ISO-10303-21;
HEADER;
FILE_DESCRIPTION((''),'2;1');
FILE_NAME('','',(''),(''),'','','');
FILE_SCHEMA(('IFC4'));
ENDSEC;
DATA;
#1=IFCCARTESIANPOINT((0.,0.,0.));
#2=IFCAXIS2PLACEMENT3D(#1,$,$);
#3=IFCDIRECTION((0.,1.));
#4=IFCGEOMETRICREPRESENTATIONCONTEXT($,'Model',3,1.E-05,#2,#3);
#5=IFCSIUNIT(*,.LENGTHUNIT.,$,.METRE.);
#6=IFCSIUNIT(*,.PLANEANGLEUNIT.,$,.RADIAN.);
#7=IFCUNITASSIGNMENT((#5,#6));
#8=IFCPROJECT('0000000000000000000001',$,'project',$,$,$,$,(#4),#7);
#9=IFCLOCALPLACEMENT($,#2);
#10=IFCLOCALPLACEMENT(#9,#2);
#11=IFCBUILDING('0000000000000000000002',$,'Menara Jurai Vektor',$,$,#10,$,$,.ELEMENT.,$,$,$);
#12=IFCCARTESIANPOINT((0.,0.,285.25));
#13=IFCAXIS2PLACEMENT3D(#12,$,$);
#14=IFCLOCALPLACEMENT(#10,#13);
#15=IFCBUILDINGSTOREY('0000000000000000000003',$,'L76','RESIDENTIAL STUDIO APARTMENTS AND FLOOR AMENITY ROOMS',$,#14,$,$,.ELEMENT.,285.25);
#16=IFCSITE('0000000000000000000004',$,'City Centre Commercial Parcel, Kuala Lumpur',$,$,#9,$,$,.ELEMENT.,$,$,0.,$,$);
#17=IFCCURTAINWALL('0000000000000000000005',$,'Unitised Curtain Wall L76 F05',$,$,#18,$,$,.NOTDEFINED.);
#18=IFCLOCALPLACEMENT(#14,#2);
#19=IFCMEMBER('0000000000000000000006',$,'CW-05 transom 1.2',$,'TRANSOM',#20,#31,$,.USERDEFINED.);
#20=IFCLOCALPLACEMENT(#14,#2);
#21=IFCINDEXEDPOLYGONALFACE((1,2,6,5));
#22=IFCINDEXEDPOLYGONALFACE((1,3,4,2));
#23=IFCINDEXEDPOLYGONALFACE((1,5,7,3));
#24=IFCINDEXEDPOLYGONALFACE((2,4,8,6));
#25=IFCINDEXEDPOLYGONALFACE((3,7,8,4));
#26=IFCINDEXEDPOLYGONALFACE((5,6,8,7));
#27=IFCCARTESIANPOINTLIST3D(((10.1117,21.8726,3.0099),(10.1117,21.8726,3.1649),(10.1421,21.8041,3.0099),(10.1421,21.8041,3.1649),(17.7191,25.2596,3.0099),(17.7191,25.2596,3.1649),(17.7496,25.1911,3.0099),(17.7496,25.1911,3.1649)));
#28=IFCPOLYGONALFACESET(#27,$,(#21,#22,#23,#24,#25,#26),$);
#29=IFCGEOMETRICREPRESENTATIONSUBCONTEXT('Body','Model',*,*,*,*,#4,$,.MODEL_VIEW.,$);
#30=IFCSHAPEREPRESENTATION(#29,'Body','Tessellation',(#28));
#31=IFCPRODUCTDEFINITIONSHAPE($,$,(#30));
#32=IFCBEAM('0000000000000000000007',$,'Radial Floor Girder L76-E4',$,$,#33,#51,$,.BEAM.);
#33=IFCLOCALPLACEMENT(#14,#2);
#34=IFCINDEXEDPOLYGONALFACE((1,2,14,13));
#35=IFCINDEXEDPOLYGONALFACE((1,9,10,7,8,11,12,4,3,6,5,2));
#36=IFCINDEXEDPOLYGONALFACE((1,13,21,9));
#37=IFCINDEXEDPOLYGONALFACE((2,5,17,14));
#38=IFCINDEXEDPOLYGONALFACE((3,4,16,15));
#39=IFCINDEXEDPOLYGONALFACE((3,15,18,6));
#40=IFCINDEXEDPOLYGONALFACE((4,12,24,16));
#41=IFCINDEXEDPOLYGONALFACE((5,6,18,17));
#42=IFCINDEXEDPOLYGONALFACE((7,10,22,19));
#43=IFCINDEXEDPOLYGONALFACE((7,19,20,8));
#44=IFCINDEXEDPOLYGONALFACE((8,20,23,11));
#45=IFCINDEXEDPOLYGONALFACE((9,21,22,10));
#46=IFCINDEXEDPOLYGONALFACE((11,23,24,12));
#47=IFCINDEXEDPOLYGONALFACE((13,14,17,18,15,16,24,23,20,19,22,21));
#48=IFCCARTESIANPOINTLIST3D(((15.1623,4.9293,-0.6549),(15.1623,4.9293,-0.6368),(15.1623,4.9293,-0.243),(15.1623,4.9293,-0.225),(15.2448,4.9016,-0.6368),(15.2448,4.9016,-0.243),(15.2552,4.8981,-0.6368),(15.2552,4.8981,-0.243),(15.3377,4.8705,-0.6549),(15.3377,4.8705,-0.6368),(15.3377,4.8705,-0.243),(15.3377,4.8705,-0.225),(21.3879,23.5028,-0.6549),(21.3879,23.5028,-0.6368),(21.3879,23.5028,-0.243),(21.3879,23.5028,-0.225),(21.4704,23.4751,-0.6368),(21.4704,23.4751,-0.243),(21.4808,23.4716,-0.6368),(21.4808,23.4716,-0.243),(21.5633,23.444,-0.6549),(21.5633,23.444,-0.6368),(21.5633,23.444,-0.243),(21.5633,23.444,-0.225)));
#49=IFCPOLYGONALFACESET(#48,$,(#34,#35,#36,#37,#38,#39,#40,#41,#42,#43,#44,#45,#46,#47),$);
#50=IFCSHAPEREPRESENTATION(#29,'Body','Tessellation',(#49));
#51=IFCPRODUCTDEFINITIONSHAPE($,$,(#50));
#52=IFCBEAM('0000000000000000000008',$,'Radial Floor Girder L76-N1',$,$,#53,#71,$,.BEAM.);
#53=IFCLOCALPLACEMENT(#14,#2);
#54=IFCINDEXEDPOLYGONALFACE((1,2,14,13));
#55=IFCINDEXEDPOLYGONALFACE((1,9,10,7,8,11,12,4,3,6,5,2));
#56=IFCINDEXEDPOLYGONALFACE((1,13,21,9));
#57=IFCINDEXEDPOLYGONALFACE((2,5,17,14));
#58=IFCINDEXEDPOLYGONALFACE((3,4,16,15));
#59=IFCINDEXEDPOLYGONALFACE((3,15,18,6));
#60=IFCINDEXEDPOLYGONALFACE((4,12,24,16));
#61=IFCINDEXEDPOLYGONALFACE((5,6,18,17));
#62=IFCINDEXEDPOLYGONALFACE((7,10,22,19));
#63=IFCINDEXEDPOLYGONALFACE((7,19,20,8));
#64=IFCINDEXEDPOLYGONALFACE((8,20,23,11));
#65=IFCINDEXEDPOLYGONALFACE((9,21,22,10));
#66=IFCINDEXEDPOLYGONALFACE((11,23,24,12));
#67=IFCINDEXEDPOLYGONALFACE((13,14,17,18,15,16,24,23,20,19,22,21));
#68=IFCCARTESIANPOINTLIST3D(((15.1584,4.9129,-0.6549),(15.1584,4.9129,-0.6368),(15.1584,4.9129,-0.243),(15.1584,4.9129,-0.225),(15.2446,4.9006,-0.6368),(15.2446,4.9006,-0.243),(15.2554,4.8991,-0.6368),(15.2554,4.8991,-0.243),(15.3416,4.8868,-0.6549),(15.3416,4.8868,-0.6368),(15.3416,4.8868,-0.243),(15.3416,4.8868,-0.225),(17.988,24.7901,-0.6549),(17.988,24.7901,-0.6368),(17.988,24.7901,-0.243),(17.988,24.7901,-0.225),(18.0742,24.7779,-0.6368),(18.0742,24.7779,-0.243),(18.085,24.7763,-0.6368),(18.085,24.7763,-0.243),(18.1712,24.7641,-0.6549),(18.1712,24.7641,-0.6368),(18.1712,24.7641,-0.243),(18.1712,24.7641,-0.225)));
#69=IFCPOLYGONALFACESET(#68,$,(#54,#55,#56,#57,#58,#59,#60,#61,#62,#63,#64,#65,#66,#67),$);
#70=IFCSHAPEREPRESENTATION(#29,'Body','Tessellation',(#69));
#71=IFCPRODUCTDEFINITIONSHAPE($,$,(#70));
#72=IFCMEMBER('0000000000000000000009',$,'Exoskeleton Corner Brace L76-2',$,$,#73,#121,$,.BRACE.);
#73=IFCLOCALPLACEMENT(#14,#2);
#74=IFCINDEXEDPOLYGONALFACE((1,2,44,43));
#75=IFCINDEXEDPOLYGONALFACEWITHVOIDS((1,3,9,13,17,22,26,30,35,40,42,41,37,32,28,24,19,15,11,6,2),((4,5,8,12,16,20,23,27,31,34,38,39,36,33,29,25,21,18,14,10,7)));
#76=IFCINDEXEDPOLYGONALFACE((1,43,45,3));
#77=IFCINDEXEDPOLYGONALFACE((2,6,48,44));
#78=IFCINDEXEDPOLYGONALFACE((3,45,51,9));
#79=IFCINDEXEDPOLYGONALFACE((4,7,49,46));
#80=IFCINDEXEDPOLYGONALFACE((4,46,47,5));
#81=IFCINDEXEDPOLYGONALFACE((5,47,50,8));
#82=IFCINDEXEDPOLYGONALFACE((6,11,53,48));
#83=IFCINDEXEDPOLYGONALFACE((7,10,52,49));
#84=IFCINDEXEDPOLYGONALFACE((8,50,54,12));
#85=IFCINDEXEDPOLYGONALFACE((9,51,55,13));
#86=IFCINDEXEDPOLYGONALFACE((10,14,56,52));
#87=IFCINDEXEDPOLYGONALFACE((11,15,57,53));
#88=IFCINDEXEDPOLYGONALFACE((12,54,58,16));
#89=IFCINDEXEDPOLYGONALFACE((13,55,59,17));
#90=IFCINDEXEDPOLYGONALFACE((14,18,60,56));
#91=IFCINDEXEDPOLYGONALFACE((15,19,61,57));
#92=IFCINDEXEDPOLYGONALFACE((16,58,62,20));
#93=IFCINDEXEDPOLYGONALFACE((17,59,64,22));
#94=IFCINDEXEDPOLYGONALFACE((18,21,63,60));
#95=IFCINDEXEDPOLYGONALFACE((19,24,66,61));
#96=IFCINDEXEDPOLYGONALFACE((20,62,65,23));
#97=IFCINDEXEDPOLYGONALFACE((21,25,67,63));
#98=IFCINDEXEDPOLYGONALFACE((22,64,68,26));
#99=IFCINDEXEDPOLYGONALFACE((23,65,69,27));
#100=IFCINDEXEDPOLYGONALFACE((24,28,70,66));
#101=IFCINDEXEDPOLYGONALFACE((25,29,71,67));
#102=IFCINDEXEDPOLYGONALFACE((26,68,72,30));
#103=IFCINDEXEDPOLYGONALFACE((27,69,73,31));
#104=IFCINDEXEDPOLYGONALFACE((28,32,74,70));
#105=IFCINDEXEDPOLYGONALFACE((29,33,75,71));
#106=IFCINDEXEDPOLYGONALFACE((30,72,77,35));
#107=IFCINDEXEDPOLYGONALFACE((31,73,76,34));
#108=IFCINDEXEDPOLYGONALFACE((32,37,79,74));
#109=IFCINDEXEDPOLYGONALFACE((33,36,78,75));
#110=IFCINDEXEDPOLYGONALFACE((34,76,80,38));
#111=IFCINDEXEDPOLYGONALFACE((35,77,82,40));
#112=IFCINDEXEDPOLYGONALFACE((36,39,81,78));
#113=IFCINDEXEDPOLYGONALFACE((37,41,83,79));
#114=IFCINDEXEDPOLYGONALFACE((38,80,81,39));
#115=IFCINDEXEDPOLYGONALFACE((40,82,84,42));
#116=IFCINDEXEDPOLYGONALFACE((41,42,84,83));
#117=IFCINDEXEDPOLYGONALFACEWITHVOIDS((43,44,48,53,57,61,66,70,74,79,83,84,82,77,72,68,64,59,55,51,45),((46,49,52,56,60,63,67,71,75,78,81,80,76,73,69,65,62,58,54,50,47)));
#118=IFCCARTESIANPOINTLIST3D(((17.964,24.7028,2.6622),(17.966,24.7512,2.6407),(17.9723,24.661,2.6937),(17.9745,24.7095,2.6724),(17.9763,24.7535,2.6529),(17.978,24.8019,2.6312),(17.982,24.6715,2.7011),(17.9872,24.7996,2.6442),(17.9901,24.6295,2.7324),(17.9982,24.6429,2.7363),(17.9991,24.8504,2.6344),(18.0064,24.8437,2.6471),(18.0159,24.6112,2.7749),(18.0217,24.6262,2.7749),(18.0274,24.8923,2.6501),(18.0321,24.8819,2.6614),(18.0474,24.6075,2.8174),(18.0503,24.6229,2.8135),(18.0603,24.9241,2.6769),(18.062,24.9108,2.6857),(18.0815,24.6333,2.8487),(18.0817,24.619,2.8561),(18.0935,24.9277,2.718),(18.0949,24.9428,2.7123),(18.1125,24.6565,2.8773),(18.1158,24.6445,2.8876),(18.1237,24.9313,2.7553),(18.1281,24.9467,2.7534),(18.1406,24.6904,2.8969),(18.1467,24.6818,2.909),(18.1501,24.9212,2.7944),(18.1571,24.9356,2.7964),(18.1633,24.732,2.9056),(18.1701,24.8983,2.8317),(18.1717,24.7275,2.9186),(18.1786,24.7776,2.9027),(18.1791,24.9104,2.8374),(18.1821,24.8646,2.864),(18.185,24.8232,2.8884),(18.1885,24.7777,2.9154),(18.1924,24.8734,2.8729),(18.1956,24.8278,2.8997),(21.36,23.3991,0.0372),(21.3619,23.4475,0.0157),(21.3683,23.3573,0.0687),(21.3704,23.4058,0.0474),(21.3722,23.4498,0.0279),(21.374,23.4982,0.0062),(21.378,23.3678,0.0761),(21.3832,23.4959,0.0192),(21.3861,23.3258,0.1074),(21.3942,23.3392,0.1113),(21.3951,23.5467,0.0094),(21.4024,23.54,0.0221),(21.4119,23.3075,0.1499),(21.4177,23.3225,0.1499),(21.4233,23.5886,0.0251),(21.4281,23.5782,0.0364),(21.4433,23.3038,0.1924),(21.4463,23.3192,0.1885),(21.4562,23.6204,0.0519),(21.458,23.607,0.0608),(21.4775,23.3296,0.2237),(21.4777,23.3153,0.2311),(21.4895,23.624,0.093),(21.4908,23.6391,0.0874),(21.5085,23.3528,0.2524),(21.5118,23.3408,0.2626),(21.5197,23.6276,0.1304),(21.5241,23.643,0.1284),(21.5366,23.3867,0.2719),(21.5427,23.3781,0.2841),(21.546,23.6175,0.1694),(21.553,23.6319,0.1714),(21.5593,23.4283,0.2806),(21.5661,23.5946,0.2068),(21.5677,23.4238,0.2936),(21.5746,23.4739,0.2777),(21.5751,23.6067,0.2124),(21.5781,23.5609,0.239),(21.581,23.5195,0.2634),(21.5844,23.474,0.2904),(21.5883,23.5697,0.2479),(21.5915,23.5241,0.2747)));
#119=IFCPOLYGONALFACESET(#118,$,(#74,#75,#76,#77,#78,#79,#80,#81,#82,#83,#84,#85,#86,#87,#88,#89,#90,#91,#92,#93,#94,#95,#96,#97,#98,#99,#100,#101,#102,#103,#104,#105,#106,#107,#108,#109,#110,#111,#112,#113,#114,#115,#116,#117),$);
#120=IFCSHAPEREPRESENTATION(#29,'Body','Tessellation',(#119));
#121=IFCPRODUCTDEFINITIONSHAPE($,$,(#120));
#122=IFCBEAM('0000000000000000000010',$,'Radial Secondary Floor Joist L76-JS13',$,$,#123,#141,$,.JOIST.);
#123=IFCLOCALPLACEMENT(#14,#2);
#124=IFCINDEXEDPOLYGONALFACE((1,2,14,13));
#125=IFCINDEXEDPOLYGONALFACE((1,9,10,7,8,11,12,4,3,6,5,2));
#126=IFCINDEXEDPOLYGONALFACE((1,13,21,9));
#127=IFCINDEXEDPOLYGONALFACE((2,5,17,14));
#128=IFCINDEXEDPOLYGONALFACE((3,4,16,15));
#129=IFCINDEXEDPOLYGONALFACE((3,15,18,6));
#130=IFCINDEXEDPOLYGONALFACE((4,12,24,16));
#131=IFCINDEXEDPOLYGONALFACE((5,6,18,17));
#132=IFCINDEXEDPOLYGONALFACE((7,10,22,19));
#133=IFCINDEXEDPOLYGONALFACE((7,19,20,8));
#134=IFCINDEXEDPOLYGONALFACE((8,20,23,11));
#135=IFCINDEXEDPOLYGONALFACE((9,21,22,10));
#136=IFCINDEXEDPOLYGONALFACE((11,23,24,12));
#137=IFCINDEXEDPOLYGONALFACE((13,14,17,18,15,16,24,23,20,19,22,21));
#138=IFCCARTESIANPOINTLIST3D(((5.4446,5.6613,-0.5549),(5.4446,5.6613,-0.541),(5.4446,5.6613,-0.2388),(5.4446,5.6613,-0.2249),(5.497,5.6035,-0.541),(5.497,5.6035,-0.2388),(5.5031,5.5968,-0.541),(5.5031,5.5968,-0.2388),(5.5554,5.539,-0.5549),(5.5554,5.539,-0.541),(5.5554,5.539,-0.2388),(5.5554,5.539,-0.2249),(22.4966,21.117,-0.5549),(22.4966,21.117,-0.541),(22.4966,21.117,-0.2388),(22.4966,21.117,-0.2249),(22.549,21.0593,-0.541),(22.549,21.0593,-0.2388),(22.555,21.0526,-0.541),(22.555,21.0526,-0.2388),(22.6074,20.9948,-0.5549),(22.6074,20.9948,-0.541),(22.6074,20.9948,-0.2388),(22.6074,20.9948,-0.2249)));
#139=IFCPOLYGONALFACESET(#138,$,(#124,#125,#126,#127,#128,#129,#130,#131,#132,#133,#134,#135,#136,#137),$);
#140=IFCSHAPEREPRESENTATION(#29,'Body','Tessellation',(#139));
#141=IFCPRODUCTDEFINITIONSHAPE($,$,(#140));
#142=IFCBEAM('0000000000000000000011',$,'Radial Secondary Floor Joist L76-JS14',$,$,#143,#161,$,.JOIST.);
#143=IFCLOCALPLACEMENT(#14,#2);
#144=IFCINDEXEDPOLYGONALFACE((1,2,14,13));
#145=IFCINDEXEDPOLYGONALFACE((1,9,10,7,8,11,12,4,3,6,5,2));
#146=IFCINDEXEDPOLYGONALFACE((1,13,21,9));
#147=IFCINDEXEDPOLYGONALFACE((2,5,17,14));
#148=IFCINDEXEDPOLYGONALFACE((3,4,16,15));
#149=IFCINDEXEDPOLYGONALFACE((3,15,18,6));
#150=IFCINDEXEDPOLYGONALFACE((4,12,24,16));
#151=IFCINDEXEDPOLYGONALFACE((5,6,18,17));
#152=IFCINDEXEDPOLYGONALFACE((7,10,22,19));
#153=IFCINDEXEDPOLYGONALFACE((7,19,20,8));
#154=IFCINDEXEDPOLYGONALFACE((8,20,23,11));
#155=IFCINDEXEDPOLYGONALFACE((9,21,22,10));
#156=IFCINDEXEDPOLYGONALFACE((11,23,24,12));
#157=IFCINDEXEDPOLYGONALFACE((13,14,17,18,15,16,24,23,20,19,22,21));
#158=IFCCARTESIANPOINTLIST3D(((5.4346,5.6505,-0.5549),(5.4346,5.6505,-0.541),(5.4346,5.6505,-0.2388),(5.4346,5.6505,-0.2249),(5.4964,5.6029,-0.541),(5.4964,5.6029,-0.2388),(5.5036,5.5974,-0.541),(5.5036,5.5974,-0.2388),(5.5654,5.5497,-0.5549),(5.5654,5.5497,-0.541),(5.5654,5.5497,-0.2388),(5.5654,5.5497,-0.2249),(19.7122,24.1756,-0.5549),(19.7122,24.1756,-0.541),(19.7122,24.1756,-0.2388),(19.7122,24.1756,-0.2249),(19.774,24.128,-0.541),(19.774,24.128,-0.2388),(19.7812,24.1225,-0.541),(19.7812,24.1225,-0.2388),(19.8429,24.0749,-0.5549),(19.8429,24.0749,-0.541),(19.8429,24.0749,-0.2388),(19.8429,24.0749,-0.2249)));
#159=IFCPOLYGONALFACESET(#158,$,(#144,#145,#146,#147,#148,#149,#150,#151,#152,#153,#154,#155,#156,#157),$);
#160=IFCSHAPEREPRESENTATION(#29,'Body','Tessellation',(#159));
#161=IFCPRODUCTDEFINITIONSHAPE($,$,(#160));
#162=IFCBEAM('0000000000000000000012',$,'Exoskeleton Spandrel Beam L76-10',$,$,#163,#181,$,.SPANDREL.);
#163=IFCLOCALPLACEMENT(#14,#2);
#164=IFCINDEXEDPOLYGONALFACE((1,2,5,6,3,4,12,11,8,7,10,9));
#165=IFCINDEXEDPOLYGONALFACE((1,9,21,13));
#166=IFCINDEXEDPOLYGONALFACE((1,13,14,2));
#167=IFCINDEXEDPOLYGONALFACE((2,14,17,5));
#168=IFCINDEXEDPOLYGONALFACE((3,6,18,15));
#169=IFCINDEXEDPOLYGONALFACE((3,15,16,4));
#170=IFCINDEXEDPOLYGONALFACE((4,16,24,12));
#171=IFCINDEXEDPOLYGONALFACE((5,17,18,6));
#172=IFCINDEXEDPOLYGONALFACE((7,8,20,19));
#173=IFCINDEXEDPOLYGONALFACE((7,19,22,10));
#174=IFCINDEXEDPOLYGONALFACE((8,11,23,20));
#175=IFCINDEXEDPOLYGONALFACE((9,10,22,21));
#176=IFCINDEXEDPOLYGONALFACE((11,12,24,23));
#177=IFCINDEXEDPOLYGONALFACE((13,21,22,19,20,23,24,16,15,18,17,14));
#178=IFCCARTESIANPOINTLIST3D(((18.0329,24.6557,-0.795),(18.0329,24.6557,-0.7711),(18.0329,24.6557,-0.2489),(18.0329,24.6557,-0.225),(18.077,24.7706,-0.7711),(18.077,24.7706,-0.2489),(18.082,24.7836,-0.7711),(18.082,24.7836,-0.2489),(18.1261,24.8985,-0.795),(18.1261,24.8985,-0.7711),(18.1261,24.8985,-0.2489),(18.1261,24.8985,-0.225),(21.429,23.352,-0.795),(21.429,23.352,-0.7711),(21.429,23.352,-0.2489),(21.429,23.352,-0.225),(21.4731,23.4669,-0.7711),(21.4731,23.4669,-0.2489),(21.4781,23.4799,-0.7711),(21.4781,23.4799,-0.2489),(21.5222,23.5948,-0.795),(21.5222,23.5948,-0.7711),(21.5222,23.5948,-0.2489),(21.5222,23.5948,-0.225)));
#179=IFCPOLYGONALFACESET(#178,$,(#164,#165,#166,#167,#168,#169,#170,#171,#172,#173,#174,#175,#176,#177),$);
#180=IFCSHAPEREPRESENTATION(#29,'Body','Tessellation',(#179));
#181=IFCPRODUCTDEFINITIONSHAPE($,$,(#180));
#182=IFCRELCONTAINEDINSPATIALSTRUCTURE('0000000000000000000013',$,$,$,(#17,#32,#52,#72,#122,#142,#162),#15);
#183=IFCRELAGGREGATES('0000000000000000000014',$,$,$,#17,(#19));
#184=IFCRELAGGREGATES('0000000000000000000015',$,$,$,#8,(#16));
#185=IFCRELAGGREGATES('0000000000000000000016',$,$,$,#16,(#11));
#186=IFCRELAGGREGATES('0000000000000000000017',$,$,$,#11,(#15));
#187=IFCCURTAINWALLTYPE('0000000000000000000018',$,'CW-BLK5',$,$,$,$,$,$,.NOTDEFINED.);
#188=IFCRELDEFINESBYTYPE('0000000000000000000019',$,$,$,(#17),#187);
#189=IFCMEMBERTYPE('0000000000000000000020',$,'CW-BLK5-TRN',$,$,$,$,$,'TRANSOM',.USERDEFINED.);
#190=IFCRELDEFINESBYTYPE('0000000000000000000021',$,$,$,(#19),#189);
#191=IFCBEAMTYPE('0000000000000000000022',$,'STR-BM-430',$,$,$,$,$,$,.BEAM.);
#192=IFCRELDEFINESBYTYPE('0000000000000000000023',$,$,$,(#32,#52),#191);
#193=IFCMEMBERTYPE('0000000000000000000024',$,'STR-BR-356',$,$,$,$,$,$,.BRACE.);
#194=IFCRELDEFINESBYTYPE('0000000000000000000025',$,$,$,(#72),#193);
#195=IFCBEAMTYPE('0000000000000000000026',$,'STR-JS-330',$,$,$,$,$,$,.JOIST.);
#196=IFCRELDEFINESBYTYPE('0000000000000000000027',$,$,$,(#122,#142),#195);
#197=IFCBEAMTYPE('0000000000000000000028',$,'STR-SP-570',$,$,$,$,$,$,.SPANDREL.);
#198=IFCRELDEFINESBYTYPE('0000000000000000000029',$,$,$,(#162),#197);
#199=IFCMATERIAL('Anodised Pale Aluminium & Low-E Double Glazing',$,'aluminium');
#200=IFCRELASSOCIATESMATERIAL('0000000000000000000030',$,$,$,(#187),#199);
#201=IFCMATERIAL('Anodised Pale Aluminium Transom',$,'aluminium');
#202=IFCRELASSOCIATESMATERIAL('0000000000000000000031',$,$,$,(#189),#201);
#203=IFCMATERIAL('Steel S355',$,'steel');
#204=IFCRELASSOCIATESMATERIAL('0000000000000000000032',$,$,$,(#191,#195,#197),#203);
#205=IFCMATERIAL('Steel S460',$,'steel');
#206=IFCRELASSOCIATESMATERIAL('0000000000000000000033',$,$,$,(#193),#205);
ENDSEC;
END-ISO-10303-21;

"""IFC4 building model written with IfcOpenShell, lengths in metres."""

from ifc_helpers import new_model, si_unit, direction, frame, origin, origin_2d, place, context, subcontext, project, spatial, rectangle, hollow_circle, i_section, extrude, material, material_profile, profile_set, type_object, element, aggregate, save


model = new_model("IFC4")

# Units and contexts
model_context = context("Model", 3, precision=1e-05, world=origin(), true_north=direction((0.0, 1.0)))
body_context = subcontext(model_context, "Body", "Model", "MODEL_VIEW")
ifc_project = project(units=[si_unit("LENGTHUNIT", "METRE"), si_unit("PLANEANGLEUNIT", "RADIAN")], contexts=[model_context])

# Site, building, storey
site_placement = place(None, origin())
site = spatial("IfcSite", under=ifc_project, at=site_placement, Name="City Centre Commercial Parcel, Kuala Lumpur", CompositionType="ELEMENT", RefElevation=0.0)
building_placement = place(site_placement, origin())
building = spatial("IfcBuilding", under=site, at=building_placement, Name="Menara Jurai Vektor", CompositionType="ELEMENT")
storey_placement = place(building_placement, frame((0.0, 0.0, 285.25)))
storey = spatial("IfcBuildingStorey", under=building, at=storey_placement, Name="L76", Description="RESIDENTIAL STUDIO APARTMENTS AND FLOOR AMENITY ROOMS", CompositionType="ELEMENT", Elevation=285.25)

# Shared definitions
ifc_material_1 = material(Name="Steel S460", Category="steel")

# Shared definitions
ifc_material_2 = material(Name="Anodised Pale Aluminium & Low-E Double Glazing", Category="aluminium")
curtain_wall_type = type_object("IfcCurtainWallType", Name="CW-BLK5", PredefinedType="NOTDEFINED", material=ifc_material_2)

# Curtain wall
curtain_wall_1_placement = place(storey_placement, origin())
curtain_wall_1 = element("IfcCurtainWall", 1, at=curtain_wall_1_placement, inside=storey, type_object=curtain_wall_type, Name="Unitised Curtain Wall L76 F05", PredefinedType="NOTDEFINED")

# Member
ifc_material_3 = material(Name="Anodised Pale Aluminium Transom", Category="aluminium")
ifc_material_profile_1 = material_profile(ifc_material_3, rectangle(XDim=0.075, YDim=0.155, at=origin_2d()), Name="ALU TRN 75x155")
ifc_profile_set_1 = profile_set([ifc_material_profile_1], Name="Anodised Pale Aluminium Transom")
member_type_1 = type_object("IfcMemberType", Name="CW-BLK5-TRN", ElementType="TRANSOM", PredefinedType="USERDEFINED", material=ifc_profile_set_1)
member_1_placement = place(storey_placement, frame((17.7344, 25.2253, 3.0874), z_axis=(-0.913549, -0.406729, 0.0), x_axis=(0.406729, -0.913549, 0.0)))
member_1 = element("IfcMember", 2, at=member_1_placement, type_object=member_type_1, Name="CW-05 transom 1.2", ObjectType="TRANSOM", PredefinedType="USERDEFINED", context=body_context, shape_type="SweptSolid", body=[
    extrude(rectangle(XDim=0.075, YDim=0.155, at=origin_2d()), origin(), (0.0, 0.0, 1.0), 8.3274),
])
aggregate(curtain_wall_1, [member_1])

# Beams
ifc_material_4 = material(Name="Steel S355", Category="steel")
ifc_material_profile_2 = material_profile(ifc_material_4, i_section(OverallWidth=0.1851, OverallDepth=0.4299, WebThickness=0.011, FlangeThickness=0.0181, at=origin_2d()), Name="PG 430x185x76")
ifc_profile_set_2 = profile_set([ifc_material_profile_2], Name="Steel S355")
beam_type_1 = type_object("IfcBeamType", Name="STR-BM-430", PredefinedType="BEAM", material=ifc_profile_set_2)
beam_1_placement = place(storey_placement, frame((21.4756, 23.4734, -0.4399), z_axis=(-0.317809, -0.948155, 0.0), x_axis=(0.948155, -0.317809, 0.0)))
element("IfcBeam", 3, at=beam_1_placement, inside=storey, type_object=beam_type_1, Name="Radial Floor Girder L76-E4", PredefinedType="BEAM", context=body_context, shape_type="SweptSolid", body=[
    extrude(i_section(OverallWidth=0.1851, OverallDepth=0.4299, WebThickness=0.011, FlangeThickness=0.0181, at=origin_2d()), origin(), (0.0, 0.0, 1.0), 19.5891),
])
beam_2_placement = place(storey_placement, frame((18.0796, 24.7771, -0.4399), z_axis=(-0.140933, -0.990019, 0.0), x_axis=(0.990019, -0.140933, 0.0)))
element("IfcBeam", 4, at=beam_2_placement, inside=storey, type_object=beam_type_1, Name="Radial Floor Girder L76-N1", PredefinedType="BEAM", context=body_context, shape_type="SweptSolid", body=[
    extrude(i_section(OverallWidth=0.1851, OverallDepth=0.4299, WebThickness=0.011, FlangeThickness=0.0181, at=origin_2d()), origin(), (0.0, 0.0, 1.0), 20.0776),
])

# Member
ifc_material_profile_3 = material_profile(ifc_material_1, hollow_circle(Radius=0.1777, WallThickness=0.0161, at=origin_2d()), Name="CHS 355.6x16")
ifc_profile_set_3 = profile_set([ifc_material_profile_3], Name="Steel S460")
member_type_2 = type_object("IfcMemberType", Name="STR-BR-356", PredefinedType="BRACE", material=ifc_profile_set_3)
member_2_placement = place(storey_placement, frame((21.4756, 23.4734, 0.1499), z_axis=(-0.757042, 0.290626, 0.58517), x_axis=(-0.358394, -0.93357, 0.0)))
element("IfcMember", 5, at=member_2_placement, inside=storey, type_object=member_type_2, Name="Exoskeleton Corner Brace L76-2", PredefinedType="BRACE", context=body_context, shape_type="SweptSolid", body=[
    extrude(hollow_circle(Radius=0.1777, WallThickness=0.0161, at=origin_2d()), origin(), (0.0, 0.0, 1.0), 4.4858),
])

# Beams
ifc_material_profile_4 = material_profile(ifc_material_4, i_section(OverallWidth=0.165, OverallDepth=0.3301, WebThickness=0.009, FlangeThickness=0.0139, at=origin_2d()), Name="PG 330x165x46")
ifc_profile_set_4 = profile_set([ifc_material_profile_4], Name="Steel S355")
beam_type_2 = type_object("IfcBeamType", Name="STR-JS-330", PredefinedType="JOIST", material=ifc_profile_set_4)
beam_3_placement = place(storey_placement, frame((22.552, 21.0559, -0.3899), z_axis=(-0.740934, -0.671577, 0.0), x_axis=(0.671577, -0.740934, 0.0)))
element("IfcBeam", 6, at=beam_3_placement, inside=storey, type_object=beam_type_2, Name="Radial Secondary Floor Joist L76-JS13", PredefinedType="JOIST", context=body_context, shape_type="SweptSolid", body=[
    extrude(i_section(OverallWidth=0.165, OverallDepth=0.3301, WebThickness=0.009, FlangeThickness=0.0139, at=origin_2d()), origin(), (0.0, 0.0, 1.0), 23.0142),
])
beam_4_placement = place(storey_placement, frame((19.7776, 24.1252, -0.3899), z_axis=(-0.610449, -0.792056, 0.0), x_axis=(0.792056, -0.610449, 0.0)))
element("IfcBeam", 7, at=beam_4_placement, inside=storey, type_object=beam_type_2, Name="Radial Secondary Floor Joist L76-JS14", PredefinedType="JOIST", context=body_context, shape_type="SweptSolid", body=[
    extrude(i_section(OverallWidth=0.165, OverallDepth=0.3301, WebThickness=0.009, FlangeThickness=0.0139, at=origin_2d()), origin(), (0.0, 0.0, 1.0), 23.3887),
])
ifc_material_profile_5 = material_profile(ifc_material_4, i_section(OverallWidth=0.26, OverallDepth=0.5701, WebThickness=0.0139, FlangeThickness=0.0239, at=origin_2d()), Name="PG 570x260x145")
ifc_profile_set_5 = profile_set([ifc_material_profile_5], Name="Steel S355")
beam_type_3 = type_object("IfcBeamType", Name="STR-SP-570", PredefinedType="SPANDREL", material=ifc_profile_set_5)
beam_5_placement = place(storey_placement, frame((21.4756, 23.4734, -0.51), z_axis=(-0.93357, 0.358394, 0.0), x_axis=(-0.358394, -0.93357, 0.0)))
element("IfcBeam", 8, at=beam_5_placement, inside=storey, type_object=beam_type_3, Name="Exoskeleton Spandrel Beam L76-10", PredefinedType="SPANDREL", context=body_context, shape_type="SweptSolid", body=[
    extrude(i_section(OverallWidth=0.26, OverallDepth=0.5701, WebThickness=0.0139, FlangeThickness=0.0239, at=origin_2d()), origin(), (0.0, 0.0, 1.0), 3.6377),
])

save(model, "model.ifc")
